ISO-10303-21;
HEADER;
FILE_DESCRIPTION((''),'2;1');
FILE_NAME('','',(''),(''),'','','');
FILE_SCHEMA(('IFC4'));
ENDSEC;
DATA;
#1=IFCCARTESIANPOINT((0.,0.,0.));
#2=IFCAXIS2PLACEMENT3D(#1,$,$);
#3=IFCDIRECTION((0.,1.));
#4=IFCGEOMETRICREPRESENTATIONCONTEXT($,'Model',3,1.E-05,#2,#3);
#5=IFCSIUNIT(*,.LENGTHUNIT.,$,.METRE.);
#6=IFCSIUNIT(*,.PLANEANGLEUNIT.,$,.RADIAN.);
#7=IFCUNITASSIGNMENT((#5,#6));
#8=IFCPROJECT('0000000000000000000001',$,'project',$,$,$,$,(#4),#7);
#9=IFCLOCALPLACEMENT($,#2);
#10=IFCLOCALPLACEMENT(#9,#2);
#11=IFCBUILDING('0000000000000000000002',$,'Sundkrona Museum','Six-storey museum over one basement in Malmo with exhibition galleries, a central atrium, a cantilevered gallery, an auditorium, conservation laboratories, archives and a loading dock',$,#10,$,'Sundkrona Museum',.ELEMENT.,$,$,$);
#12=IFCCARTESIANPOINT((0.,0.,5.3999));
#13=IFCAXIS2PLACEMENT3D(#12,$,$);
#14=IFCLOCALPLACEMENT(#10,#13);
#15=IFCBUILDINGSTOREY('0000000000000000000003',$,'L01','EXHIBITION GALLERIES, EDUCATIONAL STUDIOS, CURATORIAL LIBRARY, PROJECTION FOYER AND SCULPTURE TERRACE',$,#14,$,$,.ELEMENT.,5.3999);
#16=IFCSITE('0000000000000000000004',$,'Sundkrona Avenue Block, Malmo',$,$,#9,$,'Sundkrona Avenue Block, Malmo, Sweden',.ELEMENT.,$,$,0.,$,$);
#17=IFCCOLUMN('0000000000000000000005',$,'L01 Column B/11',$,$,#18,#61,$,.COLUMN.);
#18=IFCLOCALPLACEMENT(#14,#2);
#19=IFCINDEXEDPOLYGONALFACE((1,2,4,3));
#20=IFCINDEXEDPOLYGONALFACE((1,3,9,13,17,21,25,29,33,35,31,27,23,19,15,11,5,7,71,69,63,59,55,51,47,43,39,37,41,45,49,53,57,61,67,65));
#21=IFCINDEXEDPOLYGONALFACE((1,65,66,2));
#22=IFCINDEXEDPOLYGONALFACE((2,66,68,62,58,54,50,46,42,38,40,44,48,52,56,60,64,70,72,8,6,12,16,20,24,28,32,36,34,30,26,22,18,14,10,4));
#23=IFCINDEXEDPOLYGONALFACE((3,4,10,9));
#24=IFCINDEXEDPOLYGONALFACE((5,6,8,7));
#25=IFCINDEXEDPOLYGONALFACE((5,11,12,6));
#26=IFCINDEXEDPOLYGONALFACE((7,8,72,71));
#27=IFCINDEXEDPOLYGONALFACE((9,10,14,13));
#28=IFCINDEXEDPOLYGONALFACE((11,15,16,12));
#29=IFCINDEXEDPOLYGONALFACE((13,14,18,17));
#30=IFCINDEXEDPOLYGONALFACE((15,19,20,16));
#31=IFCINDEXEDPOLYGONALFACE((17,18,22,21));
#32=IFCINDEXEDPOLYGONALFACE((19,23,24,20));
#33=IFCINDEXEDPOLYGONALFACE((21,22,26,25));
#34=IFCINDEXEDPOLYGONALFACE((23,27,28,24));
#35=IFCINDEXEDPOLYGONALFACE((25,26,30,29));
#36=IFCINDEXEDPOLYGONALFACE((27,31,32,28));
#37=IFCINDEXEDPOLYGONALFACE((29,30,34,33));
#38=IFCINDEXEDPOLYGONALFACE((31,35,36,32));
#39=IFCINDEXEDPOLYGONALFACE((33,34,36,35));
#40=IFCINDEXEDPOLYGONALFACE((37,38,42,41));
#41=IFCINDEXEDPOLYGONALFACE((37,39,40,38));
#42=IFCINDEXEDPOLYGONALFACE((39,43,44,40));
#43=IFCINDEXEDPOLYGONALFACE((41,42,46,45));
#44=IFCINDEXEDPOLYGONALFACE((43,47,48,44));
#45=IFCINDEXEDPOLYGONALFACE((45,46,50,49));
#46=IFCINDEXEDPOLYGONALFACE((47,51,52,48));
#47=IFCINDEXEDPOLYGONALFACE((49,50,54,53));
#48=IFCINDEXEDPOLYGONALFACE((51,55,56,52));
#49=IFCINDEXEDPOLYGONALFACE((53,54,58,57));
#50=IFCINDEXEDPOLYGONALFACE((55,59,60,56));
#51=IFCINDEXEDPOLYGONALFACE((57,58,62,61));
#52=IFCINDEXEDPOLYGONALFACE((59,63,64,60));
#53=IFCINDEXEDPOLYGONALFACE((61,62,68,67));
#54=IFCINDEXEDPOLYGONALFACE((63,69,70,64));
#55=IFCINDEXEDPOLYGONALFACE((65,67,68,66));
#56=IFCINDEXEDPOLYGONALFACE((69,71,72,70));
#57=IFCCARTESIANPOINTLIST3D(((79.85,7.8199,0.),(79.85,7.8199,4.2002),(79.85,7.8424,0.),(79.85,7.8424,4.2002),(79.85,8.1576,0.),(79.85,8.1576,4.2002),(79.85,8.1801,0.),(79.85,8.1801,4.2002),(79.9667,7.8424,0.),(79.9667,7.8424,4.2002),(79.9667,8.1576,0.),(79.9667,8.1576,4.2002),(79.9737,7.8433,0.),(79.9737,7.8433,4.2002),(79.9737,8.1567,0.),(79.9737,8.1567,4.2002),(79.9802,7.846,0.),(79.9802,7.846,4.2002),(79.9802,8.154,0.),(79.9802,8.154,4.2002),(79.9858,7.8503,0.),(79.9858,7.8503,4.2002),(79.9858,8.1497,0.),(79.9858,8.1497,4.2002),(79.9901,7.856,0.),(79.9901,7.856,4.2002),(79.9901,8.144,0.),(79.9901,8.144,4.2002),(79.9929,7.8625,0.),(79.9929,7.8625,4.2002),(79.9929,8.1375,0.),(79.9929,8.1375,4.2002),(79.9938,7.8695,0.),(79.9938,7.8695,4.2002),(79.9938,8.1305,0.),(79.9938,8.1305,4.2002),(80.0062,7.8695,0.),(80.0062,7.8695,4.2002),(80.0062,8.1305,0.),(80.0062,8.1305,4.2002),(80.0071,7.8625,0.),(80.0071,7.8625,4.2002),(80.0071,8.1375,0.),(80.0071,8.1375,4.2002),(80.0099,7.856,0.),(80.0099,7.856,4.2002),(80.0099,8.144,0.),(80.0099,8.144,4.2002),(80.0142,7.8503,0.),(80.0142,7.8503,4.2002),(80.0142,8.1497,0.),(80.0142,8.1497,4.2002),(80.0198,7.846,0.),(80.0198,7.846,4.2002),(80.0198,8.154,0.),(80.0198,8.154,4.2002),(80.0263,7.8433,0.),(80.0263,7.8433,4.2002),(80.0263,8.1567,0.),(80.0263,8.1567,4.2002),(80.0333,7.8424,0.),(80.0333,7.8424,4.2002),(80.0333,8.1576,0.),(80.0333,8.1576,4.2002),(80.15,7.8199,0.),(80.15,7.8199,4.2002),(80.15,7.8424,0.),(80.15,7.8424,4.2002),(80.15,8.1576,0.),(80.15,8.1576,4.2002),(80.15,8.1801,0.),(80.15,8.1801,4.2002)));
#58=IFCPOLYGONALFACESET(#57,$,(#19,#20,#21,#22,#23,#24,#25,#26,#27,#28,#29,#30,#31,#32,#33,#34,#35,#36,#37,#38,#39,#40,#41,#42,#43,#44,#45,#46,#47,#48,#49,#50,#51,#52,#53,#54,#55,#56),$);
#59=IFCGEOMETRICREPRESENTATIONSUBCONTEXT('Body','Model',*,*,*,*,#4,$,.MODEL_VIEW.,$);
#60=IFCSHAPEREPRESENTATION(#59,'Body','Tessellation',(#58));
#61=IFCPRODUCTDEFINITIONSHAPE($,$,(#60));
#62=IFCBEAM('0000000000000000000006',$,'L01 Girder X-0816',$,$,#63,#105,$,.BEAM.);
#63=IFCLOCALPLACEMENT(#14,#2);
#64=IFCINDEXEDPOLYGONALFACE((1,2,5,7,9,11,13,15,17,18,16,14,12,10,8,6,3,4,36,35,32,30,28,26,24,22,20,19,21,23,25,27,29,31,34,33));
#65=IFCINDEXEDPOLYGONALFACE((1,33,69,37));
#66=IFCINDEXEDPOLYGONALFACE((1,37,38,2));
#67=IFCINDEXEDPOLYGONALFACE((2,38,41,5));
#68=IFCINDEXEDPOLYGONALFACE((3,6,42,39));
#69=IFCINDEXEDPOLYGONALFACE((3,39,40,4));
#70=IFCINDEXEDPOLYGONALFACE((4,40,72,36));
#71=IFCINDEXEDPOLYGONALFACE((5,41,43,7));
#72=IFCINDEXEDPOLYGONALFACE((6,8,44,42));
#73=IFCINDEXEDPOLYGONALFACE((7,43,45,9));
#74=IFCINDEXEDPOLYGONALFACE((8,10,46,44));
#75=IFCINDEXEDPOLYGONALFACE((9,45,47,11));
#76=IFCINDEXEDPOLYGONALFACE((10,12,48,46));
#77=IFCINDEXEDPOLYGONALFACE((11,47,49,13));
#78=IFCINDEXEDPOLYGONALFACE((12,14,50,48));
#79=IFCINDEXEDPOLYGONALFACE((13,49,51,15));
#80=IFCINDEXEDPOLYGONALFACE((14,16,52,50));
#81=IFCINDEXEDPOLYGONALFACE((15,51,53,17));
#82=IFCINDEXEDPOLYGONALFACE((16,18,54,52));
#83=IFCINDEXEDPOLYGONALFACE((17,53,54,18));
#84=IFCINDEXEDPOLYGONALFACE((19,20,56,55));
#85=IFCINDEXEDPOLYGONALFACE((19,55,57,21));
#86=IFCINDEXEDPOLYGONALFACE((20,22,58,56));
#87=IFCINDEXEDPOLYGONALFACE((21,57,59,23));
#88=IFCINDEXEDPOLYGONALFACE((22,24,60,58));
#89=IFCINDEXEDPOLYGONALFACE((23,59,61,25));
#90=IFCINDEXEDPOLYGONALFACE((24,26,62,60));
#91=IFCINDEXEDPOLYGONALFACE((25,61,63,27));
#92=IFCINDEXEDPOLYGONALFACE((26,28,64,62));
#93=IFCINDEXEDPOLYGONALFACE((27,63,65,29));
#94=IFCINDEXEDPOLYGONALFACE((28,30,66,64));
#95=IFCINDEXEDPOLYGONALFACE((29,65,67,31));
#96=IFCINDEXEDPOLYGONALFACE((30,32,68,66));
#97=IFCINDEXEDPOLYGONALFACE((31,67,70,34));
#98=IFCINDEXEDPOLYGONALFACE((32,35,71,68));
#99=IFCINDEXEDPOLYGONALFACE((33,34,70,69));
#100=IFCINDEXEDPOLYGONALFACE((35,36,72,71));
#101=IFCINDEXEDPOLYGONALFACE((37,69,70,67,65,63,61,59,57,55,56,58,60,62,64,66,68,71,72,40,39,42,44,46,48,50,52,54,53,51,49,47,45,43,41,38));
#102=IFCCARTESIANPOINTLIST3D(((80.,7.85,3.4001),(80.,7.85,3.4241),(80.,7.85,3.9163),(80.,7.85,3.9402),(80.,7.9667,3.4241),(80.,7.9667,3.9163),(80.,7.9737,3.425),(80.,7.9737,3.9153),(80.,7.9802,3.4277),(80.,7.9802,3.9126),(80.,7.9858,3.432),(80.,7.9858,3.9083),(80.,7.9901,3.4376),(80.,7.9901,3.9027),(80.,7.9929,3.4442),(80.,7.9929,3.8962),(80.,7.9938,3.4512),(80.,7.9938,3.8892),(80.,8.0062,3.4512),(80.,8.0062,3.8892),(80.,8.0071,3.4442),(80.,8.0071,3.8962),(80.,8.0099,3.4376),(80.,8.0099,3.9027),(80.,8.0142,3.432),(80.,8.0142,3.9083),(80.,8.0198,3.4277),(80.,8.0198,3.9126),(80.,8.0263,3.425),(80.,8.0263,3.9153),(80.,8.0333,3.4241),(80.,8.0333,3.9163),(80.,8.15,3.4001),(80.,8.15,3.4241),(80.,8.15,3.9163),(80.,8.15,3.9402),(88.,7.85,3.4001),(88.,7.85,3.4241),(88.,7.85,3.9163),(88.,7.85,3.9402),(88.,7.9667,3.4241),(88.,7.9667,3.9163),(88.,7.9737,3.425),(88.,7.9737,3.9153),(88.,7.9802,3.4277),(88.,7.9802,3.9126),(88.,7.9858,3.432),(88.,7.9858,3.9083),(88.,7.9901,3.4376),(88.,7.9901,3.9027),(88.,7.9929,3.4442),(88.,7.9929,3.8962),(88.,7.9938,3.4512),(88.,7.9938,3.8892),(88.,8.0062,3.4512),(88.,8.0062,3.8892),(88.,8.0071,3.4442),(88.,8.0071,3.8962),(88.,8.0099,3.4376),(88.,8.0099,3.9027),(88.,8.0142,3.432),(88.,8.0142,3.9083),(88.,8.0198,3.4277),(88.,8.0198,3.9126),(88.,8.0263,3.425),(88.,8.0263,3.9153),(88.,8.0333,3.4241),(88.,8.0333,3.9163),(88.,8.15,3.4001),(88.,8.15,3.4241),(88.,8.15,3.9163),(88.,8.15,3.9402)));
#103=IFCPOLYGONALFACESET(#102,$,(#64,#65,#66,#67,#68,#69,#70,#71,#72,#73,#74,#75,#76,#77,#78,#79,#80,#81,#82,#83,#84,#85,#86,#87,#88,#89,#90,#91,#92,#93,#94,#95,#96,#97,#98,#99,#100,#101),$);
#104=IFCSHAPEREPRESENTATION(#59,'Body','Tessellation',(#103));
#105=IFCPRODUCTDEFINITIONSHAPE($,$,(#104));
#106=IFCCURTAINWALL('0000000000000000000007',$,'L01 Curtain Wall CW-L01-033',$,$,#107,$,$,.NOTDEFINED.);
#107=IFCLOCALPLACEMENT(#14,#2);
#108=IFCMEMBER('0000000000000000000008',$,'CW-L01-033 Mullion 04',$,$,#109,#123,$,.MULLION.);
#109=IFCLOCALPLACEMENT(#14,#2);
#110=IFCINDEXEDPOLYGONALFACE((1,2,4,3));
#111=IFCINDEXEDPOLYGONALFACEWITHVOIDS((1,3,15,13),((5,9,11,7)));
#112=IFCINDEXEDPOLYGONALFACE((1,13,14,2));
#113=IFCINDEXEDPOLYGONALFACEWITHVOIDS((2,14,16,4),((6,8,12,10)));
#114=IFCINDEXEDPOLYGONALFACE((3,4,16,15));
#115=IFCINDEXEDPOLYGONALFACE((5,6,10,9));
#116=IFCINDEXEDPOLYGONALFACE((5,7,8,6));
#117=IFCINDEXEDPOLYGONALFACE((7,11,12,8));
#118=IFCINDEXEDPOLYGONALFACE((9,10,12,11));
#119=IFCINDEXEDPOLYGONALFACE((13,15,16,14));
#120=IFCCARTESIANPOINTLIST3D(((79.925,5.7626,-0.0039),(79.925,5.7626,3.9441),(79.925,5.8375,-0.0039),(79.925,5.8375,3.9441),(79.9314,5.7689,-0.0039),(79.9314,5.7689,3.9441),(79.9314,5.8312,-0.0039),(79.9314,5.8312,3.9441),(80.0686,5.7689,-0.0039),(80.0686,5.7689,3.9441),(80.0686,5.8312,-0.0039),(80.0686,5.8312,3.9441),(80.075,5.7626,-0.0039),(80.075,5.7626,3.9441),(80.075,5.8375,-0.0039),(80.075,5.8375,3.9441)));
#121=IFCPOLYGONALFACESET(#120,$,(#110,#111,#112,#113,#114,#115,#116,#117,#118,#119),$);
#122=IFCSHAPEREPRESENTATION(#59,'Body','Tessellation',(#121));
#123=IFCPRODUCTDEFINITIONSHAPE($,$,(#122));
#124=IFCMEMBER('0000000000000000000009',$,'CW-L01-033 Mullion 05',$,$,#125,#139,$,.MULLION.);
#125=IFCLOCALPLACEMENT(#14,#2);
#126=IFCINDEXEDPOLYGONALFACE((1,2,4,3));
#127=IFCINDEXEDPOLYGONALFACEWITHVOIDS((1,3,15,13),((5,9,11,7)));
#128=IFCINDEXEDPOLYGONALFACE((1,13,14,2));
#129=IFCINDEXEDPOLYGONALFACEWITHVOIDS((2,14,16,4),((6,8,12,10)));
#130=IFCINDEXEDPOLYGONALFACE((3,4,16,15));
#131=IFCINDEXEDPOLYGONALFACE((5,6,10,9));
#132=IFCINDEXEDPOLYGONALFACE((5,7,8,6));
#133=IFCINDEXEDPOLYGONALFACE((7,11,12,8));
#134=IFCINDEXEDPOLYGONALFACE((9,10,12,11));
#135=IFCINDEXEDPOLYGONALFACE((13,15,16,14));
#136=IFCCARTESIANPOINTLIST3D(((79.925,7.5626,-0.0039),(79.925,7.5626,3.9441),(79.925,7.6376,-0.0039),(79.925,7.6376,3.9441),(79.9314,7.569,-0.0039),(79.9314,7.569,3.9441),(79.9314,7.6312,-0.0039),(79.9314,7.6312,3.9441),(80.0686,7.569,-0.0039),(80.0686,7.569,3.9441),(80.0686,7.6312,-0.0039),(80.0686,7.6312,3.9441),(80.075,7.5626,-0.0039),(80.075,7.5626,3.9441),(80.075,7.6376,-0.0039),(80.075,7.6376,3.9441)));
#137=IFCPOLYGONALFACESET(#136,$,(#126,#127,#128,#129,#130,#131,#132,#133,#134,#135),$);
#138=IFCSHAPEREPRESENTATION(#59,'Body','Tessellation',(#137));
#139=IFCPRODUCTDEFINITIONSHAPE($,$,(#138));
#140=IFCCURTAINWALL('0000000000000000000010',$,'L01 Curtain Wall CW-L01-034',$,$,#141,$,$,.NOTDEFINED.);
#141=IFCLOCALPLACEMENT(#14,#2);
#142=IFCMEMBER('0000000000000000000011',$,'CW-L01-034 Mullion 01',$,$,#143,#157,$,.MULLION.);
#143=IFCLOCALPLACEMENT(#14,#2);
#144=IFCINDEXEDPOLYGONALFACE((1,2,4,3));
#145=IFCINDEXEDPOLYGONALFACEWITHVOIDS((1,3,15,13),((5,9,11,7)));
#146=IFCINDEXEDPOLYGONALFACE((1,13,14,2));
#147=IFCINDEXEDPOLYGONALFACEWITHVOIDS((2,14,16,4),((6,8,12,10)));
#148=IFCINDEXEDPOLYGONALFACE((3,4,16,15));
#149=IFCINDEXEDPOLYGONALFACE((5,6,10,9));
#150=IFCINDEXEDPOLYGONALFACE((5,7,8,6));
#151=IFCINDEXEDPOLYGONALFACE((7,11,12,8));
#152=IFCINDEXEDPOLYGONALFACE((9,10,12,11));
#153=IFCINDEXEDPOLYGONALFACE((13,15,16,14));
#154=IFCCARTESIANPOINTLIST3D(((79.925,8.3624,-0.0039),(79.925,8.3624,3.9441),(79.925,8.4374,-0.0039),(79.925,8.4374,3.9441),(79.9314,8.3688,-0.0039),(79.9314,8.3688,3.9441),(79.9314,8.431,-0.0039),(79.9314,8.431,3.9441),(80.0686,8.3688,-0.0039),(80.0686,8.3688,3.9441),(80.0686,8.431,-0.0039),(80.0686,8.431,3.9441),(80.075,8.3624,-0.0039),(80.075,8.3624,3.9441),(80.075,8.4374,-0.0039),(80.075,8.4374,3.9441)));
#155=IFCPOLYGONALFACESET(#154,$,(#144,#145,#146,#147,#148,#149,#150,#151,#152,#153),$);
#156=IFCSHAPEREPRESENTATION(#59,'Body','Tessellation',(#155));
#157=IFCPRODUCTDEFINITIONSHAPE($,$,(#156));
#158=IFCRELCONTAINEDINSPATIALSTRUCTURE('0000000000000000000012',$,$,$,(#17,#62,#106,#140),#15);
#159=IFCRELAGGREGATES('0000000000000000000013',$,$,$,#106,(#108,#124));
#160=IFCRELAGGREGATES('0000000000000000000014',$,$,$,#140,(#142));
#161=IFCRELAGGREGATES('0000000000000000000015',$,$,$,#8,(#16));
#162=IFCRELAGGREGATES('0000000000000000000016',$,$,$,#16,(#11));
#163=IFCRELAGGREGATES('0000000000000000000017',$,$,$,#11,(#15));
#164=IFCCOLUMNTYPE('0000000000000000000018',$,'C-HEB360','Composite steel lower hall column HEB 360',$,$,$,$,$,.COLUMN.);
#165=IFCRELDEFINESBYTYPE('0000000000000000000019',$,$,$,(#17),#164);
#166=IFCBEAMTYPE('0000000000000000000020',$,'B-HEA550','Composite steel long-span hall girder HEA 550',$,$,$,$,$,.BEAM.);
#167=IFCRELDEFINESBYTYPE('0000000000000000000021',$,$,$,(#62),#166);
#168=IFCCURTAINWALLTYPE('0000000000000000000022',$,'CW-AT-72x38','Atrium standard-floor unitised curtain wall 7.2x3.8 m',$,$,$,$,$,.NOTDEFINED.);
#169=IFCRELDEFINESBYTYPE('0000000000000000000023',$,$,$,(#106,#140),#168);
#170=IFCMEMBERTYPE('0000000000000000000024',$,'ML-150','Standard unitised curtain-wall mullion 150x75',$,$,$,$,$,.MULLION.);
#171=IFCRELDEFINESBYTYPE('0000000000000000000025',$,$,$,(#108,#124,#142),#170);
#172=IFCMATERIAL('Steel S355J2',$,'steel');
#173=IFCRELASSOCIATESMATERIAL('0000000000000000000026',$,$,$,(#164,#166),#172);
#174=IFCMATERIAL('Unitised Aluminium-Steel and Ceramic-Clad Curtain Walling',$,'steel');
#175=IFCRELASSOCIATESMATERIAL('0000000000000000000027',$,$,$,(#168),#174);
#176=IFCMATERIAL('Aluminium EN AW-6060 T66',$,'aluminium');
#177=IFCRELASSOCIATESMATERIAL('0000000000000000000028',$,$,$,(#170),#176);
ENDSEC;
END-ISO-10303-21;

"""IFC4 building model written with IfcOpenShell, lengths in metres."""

from ifc_helpers import new_model, si_unit, direction, frame, origin, origin_2d, place, context, subcontext, project, spatial, hollow_rectangle, i_section, extrude, material, material_profile, profile_set, type_object, element, aggregate, save


model = new_model("IFC4")

# Units and contexts
model_context = context("Model", 3, precision=1e-05, world=origin(), true_north=direction((0.0, 1.0)))
body_context = subcontext(model_context, "Body", "Model", "MODEL_VIEW")
ifc_project = project(units=[si_unit("LENGTHUNIT", "METRE"), si_unit("PLANEANGLEUNIT", "RADIAN")], contexts=[model_context])

# Site, building, storey
site_placement = place(None, origin())
site = spatial("IfcSite", under=ifc_project, at=site_placement, Name="Sundkrona Avenue Block, Malmo", LongName="Sundkrona Avenue Block, Malmo, Sweden", CompositionType="ELEMENT", RefElevation=0.0)
building_placement = place(site_placement, origin())
building = spatial("IfcBuilding", under=site, at=building_placement, Name="Sundkrona Museum", Description="Six-storey museum over one basement in Malmo with exhibition galleries, a central atrium, a cantilevered gallery, an auditorium, conservation laboratories, archives and a loading dock", LongName="Sundkrona Museum", CompositionType="ELEMENT")
storey_placement = place(building_placement, frame((0.0, 0.0, 5.3999)))
storey = spatial("IfcBuildingStorey", under=building, at=storey_placement, Name="L01", Description="EXHIBITION GALLERIES, EDUCATIONAL STUDIOS, CURATORIAL LIBRARY, PROJECTION FOYER AND SCULPTURE TERRACE", CompositionType="ELEMENT", Elevation=5.3999)

# Column
ifc_material_1 = material(Name="Steel S355J2", Category="steel")
ifc_material_profile_1 = material_profile(ifc_material_1, i_section(OverallWidth=0.3, OverallDepth=0.3601, WebThickness=0.0125, FlangeThickness=0.0225, FilletRadius=0.0271, at=origin_2d()), Name="HEB 360")
ifc_profile_set_1 = profile_set([ifc_material_profile_1], Name="Steel S355J2")
column_type = type_object("IfcColumnType", Name="C-HEB360", Description="Composite steel lower hall column HEB 360", PredefinedType="COLUMN", material=ifc_profile_set_1)
column_placement = place(storey_placement, frame((80.0, 8.0, 0.0), z_axis=(0.0, 0.0, 1.0), x_axis=(1.0, 0.0, 0.0)))
element("IfcColumn", 1, at=column_placement, inside=storey, type_object=column_type, Name="L01 Column B/11", PredefinedType="COLUMN", context=body_context, shape_type="SweptSolid", body=[
    extrude(i_section(OverallWidth=0.3, OverallDepth=0.3601, WebThickness=0.0125, FlangeThickness=0.0225, FilletRadius=0.0271, at=origin_2d()), origin(), (0.0, 0.0, 1.0), 4.2002),
])

# Beam
ifc_material_profile_2 = material_profile(ifc_material_1, i_section(OverallWidth=0.3, OverallDepth=0.54, WebThickness=0.0125, FlangeThickness=0.0239, FilletRadius=0.0271, at=origin_2d()), Name="HEA 550")
ifc_profile_set_2 = profile_set([ifc_material_profile_2], Name="Steel S355J2")
beam_type_1 = type_object("IfcBeamType", Name="B-HEA550", Description="Composite steel long-span hall girder HEA 550", PredefinedType="BEAM", material=ifc_profile_set_2)
beam_1_placement = place(storey_placement, frame((80.0, 8.0, 3.6702), z_axis=(1.0, 0.0, 0.0), x_axis=(0.0, 1.0, 0.0)))
element("IfcBeam", 2, at=beam_1_placement, inside=storey, type_object=beam_type_1, Name="L01 Girder X-0816", PredefinedType="BEAM", context=body_context, shape_type="SweptSolid", body=[
    extrude(i_section(OverallWidth=0.3, OverallDepth=0.54, WebThickness=0.0125, FlangeThickness=0.0239, FilletRadius=0.0271, at=origin_2d()), origin(), (0.0, 0.0, 1.0), 8.0),
])

# Curtain wall, members
ifc_material_2 = material(Name="Unitised Aluminium-Steel and Ceramic-Clad Curtain Walling", Category="steel")
curtain_wall_type = type_object("IfcCurtainWallType", Name="CW-AT-72x38", Description="Atrium standard-floor unitised curtain wall 7.2x3.8 m", PredefinedType="NOTDEFINED", material=ifc_material_2)
curtain_wall_1_placement = place(storey_placement, origin())
curtain_wall_1 = element("IfcCurtainWall", 3, at=curtain_wall_1_placement, inside=storey, type_object=curtain_wall_type, Name="L01 Curtain Wall CW-L01-033", PredefinedType="NOTDEFINED")
ifc_material_3 = material(Name="Aluminium EN AW-6060 T66", Category="aluminium")
ifc_material_profile_3 = material_profile(ifc_material_3, hollow_rectangle(XDim=0.075, YDim=0.1499, WallThickness=0.0063, at=origin_2d()), Name="RHS 150x75x6.3")
ifc_profile_set_3 = profile_set([ifc_material_profile_3], Name="Aluminium EN AW-6060 T66")
member_type_1 = type_object("IfcMemberType", Name="ML-150", Description="Standard unitised curtain-wall mullion 150x75", PredefinedType="MULLION", material=ifc_profile_set_3)
member_1_placement = place(storey_placement, frame((80.0, 5.8, -0.0039), z_axis=(0.0, 0.0, 1.0), x_axis=(0.0, 1.0, 0.0)))
member_1 = element("IfcMember", 4, at=member_1_placement, type_object=member_type_1, Name="CW-L01-033 Mullion 04", PredefinedType="MULLION", context=body_context, shape_type="SweptSolid", body=[
    extrude(hollow_rectangle(XDim=0.075, YDim=0.1499, WallThickness=0.0063, at=origin_2d()), origin(), (0.0, 0.0, 1.0), 3.948),
])
member_2_placement = place(storey_placement, frame((80.0, 7.6001, -0.0039), z_axis=(0.0, 0.0, 1.0), x_axis=(0.0, 1.0, 0.0)))
member_2 = element("IfcMember", 5, at=member_2_placement, type_object=member_type_1, Name="CW-L01-033 Mullion 05", PredefinedType="MULLION", context=body_context, shape_type="SweptSolid", body=[
    extrude(hollow_rectangle(XDim=0.075, YDim=0.1499, WallThickness=0.0063, at=origin_2d()), origin(), (0.0, 0.0, 1.0), 3.948),
])

# Curtain wall, member
curtain_wall_2_placement = place(storey_placement, origin())
curtain_wall_2 = element("IfcCurtainWall", 6, at=curtain_wall_2_placement, inside=storey, type_object=curtain_wall_type, Name="L01 Curtain Wall CW-L01-034", PredefinedType="NOTDEFINED")
member_3_placement = place(storey_placement, frame((80.0, 8.3999, -0.0039), z_axis=(0.0, 0.0, 1.0), x_axis=(0.0, 1.0, 0.0)))
member_3 = element("IfcMember", 7, at=member_3_placement, type_object=member_type_1, Name="CW-L01-034 Mullion 01", PredefinedType="MULLION", context=body_context, shape_type="SweptSolid", body=[
    extrude(hollow_rectangle(XDim=0.075, YDim=0.1499, WallThickness=0.0063, at=origin_2d()), origin(), (0.0, 0.0, 1.0), 3.948),
])

aggregate(curtain_wall_1, [member_1, member_2])
aggregate(curtain_wall_2, [member_3])

save(model, "model.ifc")
